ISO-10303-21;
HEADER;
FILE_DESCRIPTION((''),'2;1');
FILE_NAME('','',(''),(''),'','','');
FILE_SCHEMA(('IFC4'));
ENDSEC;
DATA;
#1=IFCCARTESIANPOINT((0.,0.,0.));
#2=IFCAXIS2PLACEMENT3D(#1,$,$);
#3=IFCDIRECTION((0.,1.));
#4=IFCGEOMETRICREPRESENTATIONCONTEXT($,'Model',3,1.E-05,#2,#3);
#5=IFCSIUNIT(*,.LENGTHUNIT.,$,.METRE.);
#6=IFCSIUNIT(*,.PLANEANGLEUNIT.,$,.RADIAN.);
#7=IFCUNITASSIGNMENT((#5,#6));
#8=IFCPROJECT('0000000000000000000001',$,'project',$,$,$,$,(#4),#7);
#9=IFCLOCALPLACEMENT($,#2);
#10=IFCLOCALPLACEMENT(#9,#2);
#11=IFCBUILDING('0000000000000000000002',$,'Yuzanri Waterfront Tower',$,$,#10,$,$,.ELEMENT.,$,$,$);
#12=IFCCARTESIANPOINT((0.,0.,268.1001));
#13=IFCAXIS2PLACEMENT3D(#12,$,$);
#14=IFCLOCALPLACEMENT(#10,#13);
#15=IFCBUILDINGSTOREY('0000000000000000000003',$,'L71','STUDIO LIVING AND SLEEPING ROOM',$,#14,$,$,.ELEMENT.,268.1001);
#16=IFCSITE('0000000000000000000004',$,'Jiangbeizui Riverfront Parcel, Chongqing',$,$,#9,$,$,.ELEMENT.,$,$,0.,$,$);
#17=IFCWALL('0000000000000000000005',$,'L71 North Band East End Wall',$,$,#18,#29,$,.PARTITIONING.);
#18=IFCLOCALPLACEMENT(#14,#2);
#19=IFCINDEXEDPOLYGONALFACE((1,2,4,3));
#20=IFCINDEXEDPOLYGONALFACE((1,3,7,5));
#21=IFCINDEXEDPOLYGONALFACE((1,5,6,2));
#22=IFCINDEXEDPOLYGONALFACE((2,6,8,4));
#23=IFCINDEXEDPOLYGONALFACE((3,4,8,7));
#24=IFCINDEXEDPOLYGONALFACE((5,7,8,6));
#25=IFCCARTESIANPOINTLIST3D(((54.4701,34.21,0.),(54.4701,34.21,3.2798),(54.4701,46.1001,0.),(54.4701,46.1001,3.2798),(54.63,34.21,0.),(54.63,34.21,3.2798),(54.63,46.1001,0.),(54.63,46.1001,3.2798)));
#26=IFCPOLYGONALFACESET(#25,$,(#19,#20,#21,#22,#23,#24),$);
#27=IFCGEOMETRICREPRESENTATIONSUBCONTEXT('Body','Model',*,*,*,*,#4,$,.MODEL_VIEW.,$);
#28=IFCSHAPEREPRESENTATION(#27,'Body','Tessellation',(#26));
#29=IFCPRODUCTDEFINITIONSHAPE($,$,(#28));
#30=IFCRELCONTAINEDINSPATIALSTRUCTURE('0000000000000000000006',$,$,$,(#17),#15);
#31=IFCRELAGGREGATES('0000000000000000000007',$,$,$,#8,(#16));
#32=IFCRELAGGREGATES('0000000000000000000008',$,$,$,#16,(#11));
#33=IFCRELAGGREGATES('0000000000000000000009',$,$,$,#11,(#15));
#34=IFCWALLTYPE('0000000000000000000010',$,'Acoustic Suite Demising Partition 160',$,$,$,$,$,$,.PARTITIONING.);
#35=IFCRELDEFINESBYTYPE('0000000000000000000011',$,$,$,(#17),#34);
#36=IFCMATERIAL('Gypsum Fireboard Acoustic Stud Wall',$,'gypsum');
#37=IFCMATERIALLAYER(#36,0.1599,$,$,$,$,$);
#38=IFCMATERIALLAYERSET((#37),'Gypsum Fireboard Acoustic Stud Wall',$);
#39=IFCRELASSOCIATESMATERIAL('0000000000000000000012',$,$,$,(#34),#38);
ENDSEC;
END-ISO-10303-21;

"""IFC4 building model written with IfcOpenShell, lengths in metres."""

from ifc_helpers import new_model, si_unit, direction, frame, frame_2d, origin, place, context, subcontext, project, spatial, rectangle, extrude, source, transform, mapped, material, layer, layer_set, type_object, element, save


model = new_model("IFC4")

# Units and contexts
model_context = context("Model", 3, precision=1e-05, world=origin(), true_north=direction((0.0, 1.0)))
body_context = subcontext(model_context, "Body", "Model", "MODEL_VIEW")
ifc_project = project(units=[si_unit("LENGTHUNIT", "METRE"), si_unit("PLANEANGLEUNIT", "RADIAN")], contexts=[model_context])

# Site, building, storey
site_placement = place(None, origin())
site = spatial("IfcSite", under=ifc_project, at=site_placement, Name="Jiangbeizui Riverfront Parcel, Chongqing", CompositionType="ELEMENT", RefElevation=0.0)
building_placement = place(site_placement, origin())
building = spatial("IfcBuilding", under=site, at=building_placement, Name="Yuzanri Waterfront Tower", CompositionType="ELEMENT")
storey_placement = place(building_placement, frame((0.0, 0.0, 268.1001)))
storey = spatial("IfcBuildingStorey", under=building, at=storey_placement, Name="L71", Description="STUDIO LIVING AND SLEEPING ROOM", CompositionType="ELEMENT", Elevation=268.1001)

# Wall
ifc_material_1 = material(Name="Gypsum Fireboard Acoustic Stud Wall", Category="gypsum")
ifc_layer_1 = layer(ifc_material_1, 0.1599)
ifc_layer_set_1 = layer_set([ifc_layer_1], Name="Gypsum Fireboard Acoustic Stud Wall")
wall_type_1 = type_object("IfcWallType", Name="Acoustic Suite Demising Partition 160", PredefinedType="PARTITIONING", material=ifc_layer_set_1)
shared_shape_1 = source(origin(), body_context, "Body", "SweptSolid", [
    extrude(rectangle(XDim=11.8901, YDim=0.1599, at=frame_2d((5.9451, 0.0))), origin(), (0.0, 0.0, 1.0), 3.2798),
])
wall_1_placement = place(storey_placement, frame((54.55, 34.21, 0.0), z_axis=(0.0, 0.0, 1.0), x_axis=(0.0, 1.0, 0.0)))
element("IfcWall", 1, at=wall_1_placement, inside=storey, type_object=wall_type_1, Name="L71 North Band East End Wall", PredefinedType="PARTITIONING", context=body_context, shape_type="MappedRepresentation", body=[
    mapped(shared_shape_1, transform((0.0, 0.0, 0.0), scale=1.0)),
])

save(model, "model.ifc")
